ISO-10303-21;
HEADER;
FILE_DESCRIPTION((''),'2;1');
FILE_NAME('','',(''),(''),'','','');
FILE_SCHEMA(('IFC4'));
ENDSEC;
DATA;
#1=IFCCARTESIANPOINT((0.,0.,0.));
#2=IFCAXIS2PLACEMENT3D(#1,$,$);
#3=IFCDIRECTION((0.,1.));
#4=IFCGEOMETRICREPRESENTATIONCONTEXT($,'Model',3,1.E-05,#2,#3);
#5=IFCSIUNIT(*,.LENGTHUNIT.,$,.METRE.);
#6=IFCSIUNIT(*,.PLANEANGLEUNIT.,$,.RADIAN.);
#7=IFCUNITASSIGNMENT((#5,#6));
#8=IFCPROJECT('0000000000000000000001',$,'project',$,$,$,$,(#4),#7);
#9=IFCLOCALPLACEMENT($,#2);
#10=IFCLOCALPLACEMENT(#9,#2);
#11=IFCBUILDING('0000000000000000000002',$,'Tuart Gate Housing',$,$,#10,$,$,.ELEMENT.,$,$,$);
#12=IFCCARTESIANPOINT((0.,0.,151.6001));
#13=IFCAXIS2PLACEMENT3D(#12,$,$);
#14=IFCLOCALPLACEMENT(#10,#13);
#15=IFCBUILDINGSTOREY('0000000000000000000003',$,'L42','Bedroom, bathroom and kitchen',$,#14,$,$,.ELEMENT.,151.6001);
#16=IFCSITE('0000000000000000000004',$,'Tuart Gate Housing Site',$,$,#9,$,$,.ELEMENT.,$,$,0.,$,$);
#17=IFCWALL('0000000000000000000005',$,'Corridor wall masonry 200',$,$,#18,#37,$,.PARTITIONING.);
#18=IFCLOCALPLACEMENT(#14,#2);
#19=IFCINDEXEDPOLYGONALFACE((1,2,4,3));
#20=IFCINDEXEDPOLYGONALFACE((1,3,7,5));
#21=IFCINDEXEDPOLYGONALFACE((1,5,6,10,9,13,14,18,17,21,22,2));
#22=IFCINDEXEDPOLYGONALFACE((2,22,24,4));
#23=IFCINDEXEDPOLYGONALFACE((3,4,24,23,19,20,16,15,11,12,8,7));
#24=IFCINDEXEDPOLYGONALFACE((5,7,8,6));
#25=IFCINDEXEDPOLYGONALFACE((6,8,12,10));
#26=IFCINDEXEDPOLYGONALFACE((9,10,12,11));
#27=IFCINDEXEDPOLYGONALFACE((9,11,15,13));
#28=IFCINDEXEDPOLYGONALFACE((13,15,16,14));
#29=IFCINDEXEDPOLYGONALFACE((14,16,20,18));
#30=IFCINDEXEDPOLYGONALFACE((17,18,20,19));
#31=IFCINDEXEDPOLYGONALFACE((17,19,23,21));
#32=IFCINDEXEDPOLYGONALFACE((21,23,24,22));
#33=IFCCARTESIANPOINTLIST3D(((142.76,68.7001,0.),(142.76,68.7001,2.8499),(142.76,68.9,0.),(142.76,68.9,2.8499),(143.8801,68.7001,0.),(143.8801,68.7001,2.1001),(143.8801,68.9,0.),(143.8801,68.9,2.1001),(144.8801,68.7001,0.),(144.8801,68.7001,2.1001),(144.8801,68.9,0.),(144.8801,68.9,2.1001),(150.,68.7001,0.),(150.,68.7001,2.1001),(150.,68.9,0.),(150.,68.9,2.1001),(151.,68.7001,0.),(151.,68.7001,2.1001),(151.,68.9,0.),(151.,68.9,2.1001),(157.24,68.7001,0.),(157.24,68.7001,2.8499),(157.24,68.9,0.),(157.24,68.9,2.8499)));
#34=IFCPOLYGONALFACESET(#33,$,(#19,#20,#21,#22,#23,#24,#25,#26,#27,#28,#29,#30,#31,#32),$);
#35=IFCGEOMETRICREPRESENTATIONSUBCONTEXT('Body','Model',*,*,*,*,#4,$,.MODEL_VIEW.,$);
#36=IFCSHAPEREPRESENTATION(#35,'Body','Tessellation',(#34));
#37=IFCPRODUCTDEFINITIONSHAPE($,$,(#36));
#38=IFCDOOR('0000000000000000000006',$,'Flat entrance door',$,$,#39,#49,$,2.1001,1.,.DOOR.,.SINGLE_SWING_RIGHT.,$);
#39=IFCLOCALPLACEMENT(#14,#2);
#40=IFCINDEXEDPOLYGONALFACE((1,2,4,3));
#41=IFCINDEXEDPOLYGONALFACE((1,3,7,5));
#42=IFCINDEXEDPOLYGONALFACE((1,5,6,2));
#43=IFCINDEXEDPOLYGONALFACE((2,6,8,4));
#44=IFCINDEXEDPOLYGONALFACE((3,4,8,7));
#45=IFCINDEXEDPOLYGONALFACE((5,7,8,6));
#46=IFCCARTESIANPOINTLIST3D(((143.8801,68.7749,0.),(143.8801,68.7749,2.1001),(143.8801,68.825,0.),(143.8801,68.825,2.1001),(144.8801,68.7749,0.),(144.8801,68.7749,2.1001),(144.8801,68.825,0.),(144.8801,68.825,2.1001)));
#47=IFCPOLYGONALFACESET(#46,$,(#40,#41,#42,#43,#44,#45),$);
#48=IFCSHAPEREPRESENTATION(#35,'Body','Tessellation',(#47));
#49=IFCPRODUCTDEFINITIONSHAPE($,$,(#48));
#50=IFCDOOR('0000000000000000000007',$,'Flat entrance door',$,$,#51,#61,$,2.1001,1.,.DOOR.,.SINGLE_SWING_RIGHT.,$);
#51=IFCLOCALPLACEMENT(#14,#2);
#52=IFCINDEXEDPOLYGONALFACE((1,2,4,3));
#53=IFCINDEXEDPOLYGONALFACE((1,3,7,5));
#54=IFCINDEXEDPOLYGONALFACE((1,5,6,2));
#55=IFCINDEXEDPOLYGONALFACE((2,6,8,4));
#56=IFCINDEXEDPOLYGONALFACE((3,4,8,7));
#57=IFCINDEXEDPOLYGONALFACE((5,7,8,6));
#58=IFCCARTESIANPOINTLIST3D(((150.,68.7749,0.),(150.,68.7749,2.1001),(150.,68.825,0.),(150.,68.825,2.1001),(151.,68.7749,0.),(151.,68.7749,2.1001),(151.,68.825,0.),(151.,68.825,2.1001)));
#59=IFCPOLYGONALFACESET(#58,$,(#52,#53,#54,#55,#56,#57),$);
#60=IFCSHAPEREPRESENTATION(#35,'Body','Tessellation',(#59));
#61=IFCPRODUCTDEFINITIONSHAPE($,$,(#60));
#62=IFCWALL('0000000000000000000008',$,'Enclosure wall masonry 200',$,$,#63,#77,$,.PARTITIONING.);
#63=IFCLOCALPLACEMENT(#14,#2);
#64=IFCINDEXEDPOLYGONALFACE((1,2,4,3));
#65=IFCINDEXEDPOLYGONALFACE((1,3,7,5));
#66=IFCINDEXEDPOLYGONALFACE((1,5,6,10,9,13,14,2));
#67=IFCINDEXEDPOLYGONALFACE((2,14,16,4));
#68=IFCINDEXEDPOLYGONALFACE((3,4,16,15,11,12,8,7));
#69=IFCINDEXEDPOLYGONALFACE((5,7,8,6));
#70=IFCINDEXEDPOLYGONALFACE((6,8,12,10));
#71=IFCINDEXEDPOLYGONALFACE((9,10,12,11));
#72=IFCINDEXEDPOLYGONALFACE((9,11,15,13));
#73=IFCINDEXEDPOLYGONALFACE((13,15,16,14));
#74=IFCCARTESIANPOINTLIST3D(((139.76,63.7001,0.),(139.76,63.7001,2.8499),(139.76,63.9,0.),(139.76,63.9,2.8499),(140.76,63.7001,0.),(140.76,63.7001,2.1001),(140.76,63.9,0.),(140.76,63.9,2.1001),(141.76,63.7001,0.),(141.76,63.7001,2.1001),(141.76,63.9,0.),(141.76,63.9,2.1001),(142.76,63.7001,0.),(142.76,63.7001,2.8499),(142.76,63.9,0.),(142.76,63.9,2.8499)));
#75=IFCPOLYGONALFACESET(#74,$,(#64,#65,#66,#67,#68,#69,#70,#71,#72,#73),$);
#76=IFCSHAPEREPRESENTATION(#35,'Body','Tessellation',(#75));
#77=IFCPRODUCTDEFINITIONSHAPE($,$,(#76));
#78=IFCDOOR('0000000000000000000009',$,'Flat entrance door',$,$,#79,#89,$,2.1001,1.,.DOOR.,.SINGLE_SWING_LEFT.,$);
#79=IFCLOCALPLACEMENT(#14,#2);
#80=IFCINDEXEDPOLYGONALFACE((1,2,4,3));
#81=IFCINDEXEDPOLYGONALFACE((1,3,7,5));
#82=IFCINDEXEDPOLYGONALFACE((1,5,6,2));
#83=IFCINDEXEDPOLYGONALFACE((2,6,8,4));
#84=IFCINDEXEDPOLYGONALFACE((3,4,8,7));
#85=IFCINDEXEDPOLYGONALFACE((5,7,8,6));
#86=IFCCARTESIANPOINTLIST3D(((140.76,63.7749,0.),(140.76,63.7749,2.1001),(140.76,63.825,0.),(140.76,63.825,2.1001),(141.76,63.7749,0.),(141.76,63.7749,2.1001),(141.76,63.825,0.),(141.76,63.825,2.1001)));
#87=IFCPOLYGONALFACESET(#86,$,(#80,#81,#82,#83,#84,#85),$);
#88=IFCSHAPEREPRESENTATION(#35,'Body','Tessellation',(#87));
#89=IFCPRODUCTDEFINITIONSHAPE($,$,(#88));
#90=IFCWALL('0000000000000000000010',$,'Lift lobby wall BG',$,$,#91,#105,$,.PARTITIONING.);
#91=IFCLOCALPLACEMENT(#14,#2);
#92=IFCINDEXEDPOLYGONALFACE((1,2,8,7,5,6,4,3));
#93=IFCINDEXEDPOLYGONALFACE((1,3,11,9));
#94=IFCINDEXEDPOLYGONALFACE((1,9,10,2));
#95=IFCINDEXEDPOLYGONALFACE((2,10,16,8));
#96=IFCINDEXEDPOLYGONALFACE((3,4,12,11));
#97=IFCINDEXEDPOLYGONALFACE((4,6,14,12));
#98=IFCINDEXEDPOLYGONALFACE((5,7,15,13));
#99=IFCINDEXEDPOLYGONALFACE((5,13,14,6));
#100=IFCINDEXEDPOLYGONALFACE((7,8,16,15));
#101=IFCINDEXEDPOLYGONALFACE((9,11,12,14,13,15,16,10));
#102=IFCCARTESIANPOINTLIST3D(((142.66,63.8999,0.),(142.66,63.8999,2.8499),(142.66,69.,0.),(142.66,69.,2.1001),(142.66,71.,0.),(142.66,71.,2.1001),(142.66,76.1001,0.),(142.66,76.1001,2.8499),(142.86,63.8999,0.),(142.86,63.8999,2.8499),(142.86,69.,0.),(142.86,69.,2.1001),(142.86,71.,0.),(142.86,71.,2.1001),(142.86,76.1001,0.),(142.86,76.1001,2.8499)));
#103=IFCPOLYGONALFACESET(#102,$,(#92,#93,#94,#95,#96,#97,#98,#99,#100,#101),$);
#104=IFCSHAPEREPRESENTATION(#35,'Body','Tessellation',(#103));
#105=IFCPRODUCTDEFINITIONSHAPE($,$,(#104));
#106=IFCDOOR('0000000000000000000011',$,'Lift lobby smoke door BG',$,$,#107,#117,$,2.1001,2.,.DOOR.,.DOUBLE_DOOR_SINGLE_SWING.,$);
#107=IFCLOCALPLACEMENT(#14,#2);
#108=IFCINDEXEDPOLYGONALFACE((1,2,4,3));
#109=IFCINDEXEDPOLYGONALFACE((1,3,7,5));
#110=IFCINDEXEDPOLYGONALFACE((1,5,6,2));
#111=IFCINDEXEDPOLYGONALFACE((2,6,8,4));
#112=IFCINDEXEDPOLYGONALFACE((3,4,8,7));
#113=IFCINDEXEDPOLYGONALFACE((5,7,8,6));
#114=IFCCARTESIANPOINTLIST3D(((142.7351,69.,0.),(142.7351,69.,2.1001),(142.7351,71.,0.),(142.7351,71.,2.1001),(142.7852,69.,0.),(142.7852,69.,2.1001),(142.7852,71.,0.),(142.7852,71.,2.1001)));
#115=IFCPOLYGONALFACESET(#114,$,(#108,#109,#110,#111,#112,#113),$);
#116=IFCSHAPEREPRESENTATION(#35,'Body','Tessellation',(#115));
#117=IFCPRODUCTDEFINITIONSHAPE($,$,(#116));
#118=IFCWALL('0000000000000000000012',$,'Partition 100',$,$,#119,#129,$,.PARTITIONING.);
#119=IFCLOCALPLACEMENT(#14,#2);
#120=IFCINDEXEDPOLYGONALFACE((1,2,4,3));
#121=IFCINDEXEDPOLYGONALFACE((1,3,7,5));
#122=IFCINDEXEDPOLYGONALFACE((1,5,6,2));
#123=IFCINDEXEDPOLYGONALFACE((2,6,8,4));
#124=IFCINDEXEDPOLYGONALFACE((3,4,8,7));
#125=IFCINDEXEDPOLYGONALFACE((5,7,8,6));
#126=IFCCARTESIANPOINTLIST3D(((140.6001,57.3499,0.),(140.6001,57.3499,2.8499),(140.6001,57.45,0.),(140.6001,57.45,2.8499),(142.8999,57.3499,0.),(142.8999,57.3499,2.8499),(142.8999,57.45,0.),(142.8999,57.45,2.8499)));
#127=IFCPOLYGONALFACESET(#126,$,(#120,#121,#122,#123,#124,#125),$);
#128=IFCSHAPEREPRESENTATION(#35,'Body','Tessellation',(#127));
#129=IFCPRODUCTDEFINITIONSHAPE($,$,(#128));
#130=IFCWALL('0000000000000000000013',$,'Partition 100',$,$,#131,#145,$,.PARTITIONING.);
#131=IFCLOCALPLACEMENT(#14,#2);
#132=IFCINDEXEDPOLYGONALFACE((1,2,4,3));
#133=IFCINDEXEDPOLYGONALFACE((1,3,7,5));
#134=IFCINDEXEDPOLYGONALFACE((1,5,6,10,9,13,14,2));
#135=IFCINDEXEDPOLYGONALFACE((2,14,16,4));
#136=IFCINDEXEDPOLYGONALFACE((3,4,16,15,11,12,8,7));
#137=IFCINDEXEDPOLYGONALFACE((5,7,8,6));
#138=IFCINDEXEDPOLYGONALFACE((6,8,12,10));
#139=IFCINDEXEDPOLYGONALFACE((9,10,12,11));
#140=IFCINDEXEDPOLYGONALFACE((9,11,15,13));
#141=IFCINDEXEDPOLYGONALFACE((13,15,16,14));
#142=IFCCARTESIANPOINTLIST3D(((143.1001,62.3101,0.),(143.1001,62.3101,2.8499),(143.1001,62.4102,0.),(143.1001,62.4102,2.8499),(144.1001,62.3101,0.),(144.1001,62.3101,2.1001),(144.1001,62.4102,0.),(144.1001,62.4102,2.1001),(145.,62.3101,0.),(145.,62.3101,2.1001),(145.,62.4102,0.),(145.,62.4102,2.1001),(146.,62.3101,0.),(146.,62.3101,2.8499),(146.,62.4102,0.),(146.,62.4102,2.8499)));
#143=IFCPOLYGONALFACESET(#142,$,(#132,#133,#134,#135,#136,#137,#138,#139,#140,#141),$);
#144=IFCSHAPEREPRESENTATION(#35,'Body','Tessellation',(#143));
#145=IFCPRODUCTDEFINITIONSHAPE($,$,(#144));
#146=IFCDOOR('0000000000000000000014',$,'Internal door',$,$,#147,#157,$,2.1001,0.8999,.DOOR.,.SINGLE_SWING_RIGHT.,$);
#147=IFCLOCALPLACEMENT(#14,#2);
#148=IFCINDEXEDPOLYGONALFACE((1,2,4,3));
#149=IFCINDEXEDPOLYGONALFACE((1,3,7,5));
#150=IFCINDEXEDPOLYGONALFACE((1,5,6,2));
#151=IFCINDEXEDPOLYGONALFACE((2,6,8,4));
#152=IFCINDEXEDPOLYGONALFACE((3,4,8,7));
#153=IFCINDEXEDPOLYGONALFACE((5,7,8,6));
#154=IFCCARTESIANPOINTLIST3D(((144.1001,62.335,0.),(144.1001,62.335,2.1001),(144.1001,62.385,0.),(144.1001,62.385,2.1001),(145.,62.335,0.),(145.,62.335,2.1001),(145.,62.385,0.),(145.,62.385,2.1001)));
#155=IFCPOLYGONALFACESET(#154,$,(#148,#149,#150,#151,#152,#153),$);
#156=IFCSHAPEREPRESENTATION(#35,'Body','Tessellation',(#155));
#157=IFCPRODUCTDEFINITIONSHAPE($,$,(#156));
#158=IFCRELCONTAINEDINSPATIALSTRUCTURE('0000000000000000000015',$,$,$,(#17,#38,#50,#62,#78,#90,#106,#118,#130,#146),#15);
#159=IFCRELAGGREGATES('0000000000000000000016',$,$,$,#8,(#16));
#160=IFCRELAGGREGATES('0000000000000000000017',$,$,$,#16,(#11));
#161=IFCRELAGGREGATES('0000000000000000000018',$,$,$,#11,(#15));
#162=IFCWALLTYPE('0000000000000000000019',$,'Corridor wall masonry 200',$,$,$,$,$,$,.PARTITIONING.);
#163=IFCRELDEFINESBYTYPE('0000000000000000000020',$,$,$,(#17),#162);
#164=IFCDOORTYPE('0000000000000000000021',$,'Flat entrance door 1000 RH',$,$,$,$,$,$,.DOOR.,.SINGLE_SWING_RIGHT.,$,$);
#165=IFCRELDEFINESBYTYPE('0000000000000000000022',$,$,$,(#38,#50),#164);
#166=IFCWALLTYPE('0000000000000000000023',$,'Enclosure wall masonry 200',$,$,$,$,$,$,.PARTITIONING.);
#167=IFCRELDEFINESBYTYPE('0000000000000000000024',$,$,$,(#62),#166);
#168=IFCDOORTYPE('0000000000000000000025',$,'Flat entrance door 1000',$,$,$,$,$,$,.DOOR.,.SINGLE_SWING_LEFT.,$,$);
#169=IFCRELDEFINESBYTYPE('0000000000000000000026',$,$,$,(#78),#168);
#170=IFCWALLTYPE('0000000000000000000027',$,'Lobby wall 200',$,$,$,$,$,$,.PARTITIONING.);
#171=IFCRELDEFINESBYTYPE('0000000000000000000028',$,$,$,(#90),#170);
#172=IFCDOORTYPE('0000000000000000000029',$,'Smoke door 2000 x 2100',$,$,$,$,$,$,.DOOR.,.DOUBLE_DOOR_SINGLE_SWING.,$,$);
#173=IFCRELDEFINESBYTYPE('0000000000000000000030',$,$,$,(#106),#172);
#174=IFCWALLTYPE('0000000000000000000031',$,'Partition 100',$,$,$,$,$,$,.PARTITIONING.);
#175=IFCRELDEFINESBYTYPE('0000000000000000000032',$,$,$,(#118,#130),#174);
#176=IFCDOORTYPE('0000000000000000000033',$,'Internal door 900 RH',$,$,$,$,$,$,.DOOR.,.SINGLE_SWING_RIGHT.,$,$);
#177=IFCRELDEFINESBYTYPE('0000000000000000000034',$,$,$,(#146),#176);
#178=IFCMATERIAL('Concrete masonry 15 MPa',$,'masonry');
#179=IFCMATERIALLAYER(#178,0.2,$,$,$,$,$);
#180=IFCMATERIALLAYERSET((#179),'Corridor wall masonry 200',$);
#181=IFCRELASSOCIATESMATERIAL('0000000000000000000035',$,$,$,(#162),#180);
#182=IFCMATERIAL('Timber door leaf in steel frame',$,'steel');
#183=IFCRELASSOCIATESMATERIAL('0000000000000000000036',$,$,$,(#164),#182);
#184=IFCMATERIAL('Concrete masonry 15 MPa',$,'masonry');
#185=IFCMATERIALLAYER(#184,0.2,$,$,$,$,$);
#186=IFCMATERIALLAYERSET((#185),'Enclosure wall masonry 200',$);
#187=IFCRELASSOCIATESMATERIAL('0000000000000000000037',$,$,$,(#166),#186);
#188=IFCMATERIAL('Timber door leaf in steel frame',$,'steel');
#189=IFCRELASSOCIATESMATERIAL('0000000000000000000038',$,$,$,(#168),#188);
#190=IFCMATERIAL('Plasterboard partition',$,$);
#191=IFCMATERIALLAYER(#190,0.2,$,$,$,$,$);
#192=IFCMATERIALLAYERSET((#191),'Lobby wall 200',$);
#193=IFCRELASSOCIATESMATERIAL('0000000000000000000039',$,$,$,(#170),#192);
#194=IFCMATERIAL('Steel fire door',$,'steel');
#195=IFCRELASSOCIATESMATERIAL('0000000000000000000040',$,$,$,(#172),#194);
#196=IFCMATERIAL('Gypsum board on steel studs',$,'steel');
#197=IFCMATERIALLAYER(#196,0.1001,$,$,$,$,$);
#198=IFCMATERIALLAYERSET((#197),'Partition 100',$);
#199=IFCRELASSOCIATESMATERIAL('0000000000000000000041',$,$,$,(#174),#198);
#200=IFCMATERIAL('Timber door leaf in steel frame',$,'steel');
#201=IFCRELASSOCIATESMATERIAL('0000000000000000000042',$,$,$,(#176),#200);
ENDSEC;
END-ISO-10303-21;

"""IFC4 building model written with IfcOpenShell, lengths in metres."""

from ifc_helpers import new_model, si_unit, direction, frame, frame_2d, origin, place, context, subcontext, project, spatial, rectangle, extrude, material, layer, layer_set, type_object, element, fill, save


model = new_model("IFC4")

# Units and contexts
model_context = context("Model", 3, precision=1e-05, world=origin(), true_north=direction((0.0, 1.0)))
body_context = subcontext(model_context, "Body", "Model", "MODEL_VIEW")
ifc_project = project(units=[si_unit("LENGTHUNIT", "METRE"), si_unit("PLANEANGLEUNIT", "RADIAN")], contexts=[model_context])

# Site, building, storey
site_placement = place(None, origin())
site = spatial("IfcSite", under=ifc_project, at=site_placement, Name="Tuart Gate Housing Site", CompositionType="ELEMENT", RefElevation=0.0)
building_placement = place(site_placement, origin())
building = spatial("IfcBuilding", under=site, at=building_placement, Name="Tuart Gate Housing", CompositionType="ELEMENT")
storey_placement = place(building_placement, frame((0.0, 0.0, 151.6001)))
storey = spatial("IfcBuildingStorey", under=building, at=storey_placement, Name="L42", Description="Bedroom, bathroom and kitchen", CompositionType="ELEMENT", Elevation=151.6001)

# Wall, openings, doors
ifc_material_1 = material(Name="Concrete masonry 15 MPa", Category="masonry")
ifc_layer_1 = layer(ifc_material_1, 0.2)
ifc_layer_set_1 = layer_set([ifc_layer_1], Name="Corridor wall masonry 200")
wall_type_1 = type_object("IfcWallType", Name="Corridor wall masonry 200", PredefinedType="PARTITIONING", material=ifc_layer_set_1)
wall_1_placement = place(storey_placement, frame((142.76, 68.8, 0.0), z_axis=(0.0, 0.0, 1.0), x_axis=(1.0, 0.0, 0.0)))
wall_1 = element("IfcWall", 1, at=wall_1_placement, inside=storey, type_object=wall_type_1, Name="Corridor wall masonry 200", PredefinedType="PARTITIONING", context=body_context, shape_type="SweptSolid", body=[
    extrude(rectangle(XDim=14.48, YDim=0.2, at=frame_2d((7.24, 0.0))), origin(), (0.0, 0.0, 1.0), 2.8499),
])
opening_1_placement = place(wall_1_placement, frame((1.1201, 0.0, 0.0)))
opening_1 = element("IfcOpeningElement", 2, at=opening_1_placement, cuts=wall_1, PredefinedType="OPENING", context=body_context, shape_type="SweptSolid", body=[
    extrude(rectangle(XDim=1.0, YDim=2.1001, at=frame_2d((0.5, 1.05))), frame((0.0, 0.1099, 0.0), z_axis=(0.0, -1.0, 0.0), x_axis=(1.0, 0.0, 0.0)), (0.0, 0.0, 1.0), 0.22),
])
opening_2_placement = place(wall_1_placement, frame((7.24, 0.0, 0.0)))
opening_2 = element("IfcOpeningElement", 3, at=opening_2_placement, cuts=wall_1, PredefinedType="OPENING", context=body_context, shape_type="SweptSolid", body=[
    extrude(rectangle(XDim=1.0, YDim=2.1001, at=frame_2d((0.5, 1.05))), frame((0.0, 0.1099, 0.0), z_axis=(0.0, -1.0, 0.0), x_axis=(1.0, 0.0, 0.0)), (0.0, 0.0, 1.0), 0.22),
])
ifc_material_2 = material(Name="Timber door leaf in steel frame", Category="steel")
door_type_1 = type_object("IfcDoorType", Name="Flat entrance door 1000 RH", OperationType="SINGLE_SWING_RIGHT", PredefinedType="DOOR", material=ifc_material_2)
door_1_placement = place(opening_1_placement, frame((1.0, 0.0, 0.0), z_axis=(0.0, 0.0, 1.0), x_axis=(-1.0, 0.0, 0.0)))
door_1 = element("IfcDoor", 4, at=door_1_placement, inside=storey, type_object=door_type_1, Name="Flat entrance door", OperationType="SINGLE_SWING_RIGHT", OverallHeight=2.1001, OverallWidth=1.0, PredefinedType="DOOR", context=body_context, shape_type="SweptSolid", body=[
    extrude(rectangle(XDim=1.0, YDim=2.1001, at=frame_2d((0.5, 1.05))), frame((0.0, 0.0251, 0.0), z_axis=(0.0, -1.0, 0.0), x_axis=(1.0, 0.0, 0.0)), (0.0, 0.0, 1.0), 0.05),
])
fill(opening_1, door_1)
door_2_placement = place(opening_2_placement, frame((1.0, 0.0, 0.0), z_axis=(0.0, 0.0, 1.0), x_axis=(-1.0, 0.0, 0.0)))
door_2 = element("IfcDoor", 5, at=door_2_placement, inside=storey, type_object=door_type_1, Name="Flat entrance door", OperationType="SINGLE_SWING_RIGHT", OverallHeight=2.1001, OverallWidth=1.0, PredefinedType="DOOR", context=body_context, shape_type="SweptSolid", body=[
    extrude(rectangle(XDim=1.0, YDim=2.1001, at=frame_2d((0.5, 1.05))), frame((0.0, 0.0251, 0.0), z_axis=(0.0, -1.0, 0.0), x_axis=(1.0, 0.0, 0.0)), (0.0, 0.0, 1.0), 0.05),
])
fill(opening_2, door_2)

# Walls, openings, doors
ifc_material_3 = material(Name="Concrete masonry 15 MPa", Category="masonry")
ifc_layer_2 = layer(ifc_material_3, 0.2)
ifc_layer_set_2 = layer_set([ifc_layer_2], Name="Enclosure wall masonry 200")
wall_type_2 = type_object("IfcWallType", Name="Enclosure wall masonry 200", PredefinedType="PARTITIONING", material=ifc_layer_set_2)
wall_2_placement = place(storey_placement, frame((139.76, 63.8, 0.0), z_axis=(0.0, 0.0, 1.0), x_axis=(1.0, 0.0, 0.0)))
wall_2 = element("IfcWall", 6, at=wall_2_placement, inside=storey, type_object=wall_type_2, Name="Enclosure wall masonry 200", PredefinedType="PARTITIONING", context=body_context, shape_type="SweptSolid", body=[
    extrude(rectangle(XDim=3.0, YDim=0.2, at=frame_2d((1.5, 0.0))), origin(), (0.0, 0.0, 1.0), 2.8499),
])
opening_3_placement = place(wall_2_placement, frame((1.0, 0.0, 0.0)))
opening_3 = element("IfcOpeningElement", 7, at=opening_3_placement, cuts=wall_2, PredefinedType="OPENING", context=body_context, shape_type="SweptSolid", body=[
    extrude(rectangle(XDim=1.0, YDim=2.1001, at=frame_2d((0.5, 1.05))), frame((0.0, 0.1099, 0.0), z_axis=(0.0, -1.0, 0.0), x_axis=(1.0, 0.0, 0.0)), (0.0, 0.0, 1.0), 0.22),
])
ifc_material_4 = material(Name="Timber door leaf in steel frame", Category="steel")
door_type_2 = type_object("IfcDoorType", Name="Flat entrance door 1000", OperationType="SINGLE_SWING_LEFT", PredefinedType="DOOR", material=ifc_material_4)
door_3_placement = place(opening_3_placement, frame((1.0, 0.0, 0.0), z_axis=(0.0, 0.0, 1.0), x_axis=(-1.0, 0.0, 0.0)))
door_3 = element("IfcDoor", 8, at=door_3_placement, inside=storey, type_object=door_type_2, Name="Flat entrance door", OperationType="SINGLE_SWING_LEFT", OverallHeight=2.1001, OverallWidth=1.0, PredefinedType="DOOR", context=body_context, shape_type="SweptSolid", body=[
    extrude(rectangle(XDim=1.0, YDim=2.1001, at=frame_2d((0.5, 1.05))), frame((0.0, 0.0251, 0.0), z_axis=(0.0, -1.0, 0.0), x_axis=(1.0, 0.0, 0.0)), (0.0, 0.0, 1.0), 0.05),
])
fill(opening_3, door_3)
ifc_material_5 = material(Name="Plasterboard partition")
ifc_layer_3 = layer(ifc_material_5, 0.2)
ifc_layer_set_3 = layer_set([ifc_layer_3], Name="Lobby wall 200")
wall_type_3 = type_object("IfcWallType", Name="Lobby wall 200", PredefinedType="PARTITIONING", material=ifc_layer_set_3)
wall_3_placement = place(storey_placement, frame((142.76, 63.8999, 0.0), z_axis=(0.0, 0.0, 1.0), x_axis=(0.0, 1.0, 0.0)))
wall_3 = element("IfcWall", 9, at=wall_3_placement, inside=storey, type_object=wall_type_3, Name="Lift lobby wall BG", PredefinedType="PARTITIONING", context=body_context, shape_type="SweptSolid", body=[
    extrude(rectangle(XDim=12.2002, YDim=0.2, at=frame_2d((6.1001, 0.0))), origin(), (0.0, 0.0, 1.0), 2.8499),
])
opening_4_placement = place(wall_3_placement, frame((5.1001, 0.0, 0.0)))
opening_4 = element("IfcOpeningElement", 10, at=opening_4_placement, cuts=wall_3, PredefinedType="OPENING", context=body_context, shape_type="SweptSolid", body=[
    extrude(rectangle(XDim=2.0, YDim=2.1001, at=frame_2d((1.0, 1.05))), frame((0.0, 0.1099, 0.0), z_axis=(0.0, -1.0, 0.0), x_axis=(1.0, 0.0, 0.0)), (0.0, 0.0, 1.0), 0.22),
])
ifc_material_6 = material(Name="Steel fire door", Category="steel")
door_type_3 = type_object("IfcDoorType", Name="Smoke door 2000 x 2100", OperationType="DOUBLE_DOOR_SINGLE_SWING", PredefinedType="DOOR", material=ifc_material_6)
door_4_placement = place(opening_4_placement, origin())
door_4 = element("IfcDoor", 11, at=door_4_placement, inside=storey, type_object=door_type_3, Name="Lift lobby smoke door BG", OperationType="DOUBLE_DOOR_SINGLE_SWING", OverallHeight=2.1001, OverallWidth=2.0, PredefinedType="DOOR", context=body_context, shape_type="SweptSolid", body=[
    extrude(rectangle(XDim=2.0, YDim=2.1001, at=frame_2d((1.0, 1.05))), frame((0.0, 0.0249, 0.0), z_axis=(0.0, -1.0, 0.0), x_axis=(1.0, 0.0, 0.0)), (0.0, 0.0, 1.0), 0.05),
])
fill(opening_4, door_4)

# Wall
ifc_material_7 = material(Name="Gypsum board on steel studs", Category="steel")
ifc_layer_4 = layer(ifc_material_7, 0.1001)
ifc_layer_set_4 = layer_set([ifc_layer_4], Name="Partition 100")
wall_type_4 = type_object("IfcWallType", Name="Partition 100", PredefinedType="PARTITIONING", material=ifc_layer_set_4)
wall_4_placement = place(storey_placement, frame((140.6001, 57.3999, 0.0), z_axis=(0.0, 0.0, 1.0), x_axis=(1.0, 0.0, 0.0)))
element("IfcWall", 12, at=wall_4_placement, inside=storey, type_object=wall_type_4, Name="Partition 100", PredefinedType="PARTITIONING", context=body_context, shape_type="SweptSolid", body=[
    extrude(rectangle(XDim=2.2998, YDim=0.1001, at=frame_2d((1.1499, 0.0))), origin(), (0.0, 0.0, 1.0), 2.8499),
])

# Wall, opening, door
wall_5_placement = place(storey_placement, frame((143.1001, 62.3601, 0.0), z_axis=(0.0, 0.0, 1.0), x_axis=(1.0, 0.0, 0.0)))
wall_5 = element("IfcWall", 13, at=wall_5_placement, inside=storey, type_object=wall_type_4, Name="Partition 100", PredefinedType="PARTITIONING", context=body_context, shape_type="SweptSolid", body=[
    extrude(rectangle(XDim=2.8999, YDim=0.1001, at=frame_2d((1.45, 0.0))), origin(), (0.0, 0.0, 1.0), 2.8499),
])
opening_5_placement = place(wall_5_placement, frame((1.0, 0.0, 0.0)))
opening_5 = element("IfcOpeningElement", 14, at=opening_5_placement, cuts=wall_5, PredefinedType="OPENING", context=body_context, shape_type="SweptSolid", body=[
    extrude(rectangle(XDim=0.8999, YDim=2.1001, at=frame_2d((0.45, 1.05))), frame((0.0, 0.0601, 0.0), z_axis=(0.0, -1.0, 0.0), x_axis=(1.0, 0.0, 0.0)), (0.0, 0.0, 1.0), 0.1201),
])
ifc_material_8 = material(Name="Timber door leaf in steel frame", Category="steel")
door_type_4 = type_object("IfcDoorType", Name="Internal door 900 RH", OperationType="SINGLE_SWING_RIGHT", PredefinedType="DOOR", material=ifc_material_8)
door_5_placement = place(opening_5_placement, origin())
door_5 = element("IfcDoor", 15, at=door_5_placement, inside=storey, type_object=door_type_4, Name="Internal door", OperationType="SINGLE_SWING_RIGHT", OverallHeight=2.1001, OverallWidth=0.8999, PredefinedType="DOOR", context=body_context, shape_type="SweptSolid", body=[
    extrude(rectangle(XDim=0.8999, YDim=2.1001, at=frame_2d((0.45, 1.05))), frame((0.0, 0.0249, 0.0), z_axis=(0.0, -1.0, 0.0), x_axis=(1.0, 0.0, 0.0)), (0.0, 0.0, 1.0), 0.05),
])
fill(opening_5, door_5)

save(model, "model.ifc")
